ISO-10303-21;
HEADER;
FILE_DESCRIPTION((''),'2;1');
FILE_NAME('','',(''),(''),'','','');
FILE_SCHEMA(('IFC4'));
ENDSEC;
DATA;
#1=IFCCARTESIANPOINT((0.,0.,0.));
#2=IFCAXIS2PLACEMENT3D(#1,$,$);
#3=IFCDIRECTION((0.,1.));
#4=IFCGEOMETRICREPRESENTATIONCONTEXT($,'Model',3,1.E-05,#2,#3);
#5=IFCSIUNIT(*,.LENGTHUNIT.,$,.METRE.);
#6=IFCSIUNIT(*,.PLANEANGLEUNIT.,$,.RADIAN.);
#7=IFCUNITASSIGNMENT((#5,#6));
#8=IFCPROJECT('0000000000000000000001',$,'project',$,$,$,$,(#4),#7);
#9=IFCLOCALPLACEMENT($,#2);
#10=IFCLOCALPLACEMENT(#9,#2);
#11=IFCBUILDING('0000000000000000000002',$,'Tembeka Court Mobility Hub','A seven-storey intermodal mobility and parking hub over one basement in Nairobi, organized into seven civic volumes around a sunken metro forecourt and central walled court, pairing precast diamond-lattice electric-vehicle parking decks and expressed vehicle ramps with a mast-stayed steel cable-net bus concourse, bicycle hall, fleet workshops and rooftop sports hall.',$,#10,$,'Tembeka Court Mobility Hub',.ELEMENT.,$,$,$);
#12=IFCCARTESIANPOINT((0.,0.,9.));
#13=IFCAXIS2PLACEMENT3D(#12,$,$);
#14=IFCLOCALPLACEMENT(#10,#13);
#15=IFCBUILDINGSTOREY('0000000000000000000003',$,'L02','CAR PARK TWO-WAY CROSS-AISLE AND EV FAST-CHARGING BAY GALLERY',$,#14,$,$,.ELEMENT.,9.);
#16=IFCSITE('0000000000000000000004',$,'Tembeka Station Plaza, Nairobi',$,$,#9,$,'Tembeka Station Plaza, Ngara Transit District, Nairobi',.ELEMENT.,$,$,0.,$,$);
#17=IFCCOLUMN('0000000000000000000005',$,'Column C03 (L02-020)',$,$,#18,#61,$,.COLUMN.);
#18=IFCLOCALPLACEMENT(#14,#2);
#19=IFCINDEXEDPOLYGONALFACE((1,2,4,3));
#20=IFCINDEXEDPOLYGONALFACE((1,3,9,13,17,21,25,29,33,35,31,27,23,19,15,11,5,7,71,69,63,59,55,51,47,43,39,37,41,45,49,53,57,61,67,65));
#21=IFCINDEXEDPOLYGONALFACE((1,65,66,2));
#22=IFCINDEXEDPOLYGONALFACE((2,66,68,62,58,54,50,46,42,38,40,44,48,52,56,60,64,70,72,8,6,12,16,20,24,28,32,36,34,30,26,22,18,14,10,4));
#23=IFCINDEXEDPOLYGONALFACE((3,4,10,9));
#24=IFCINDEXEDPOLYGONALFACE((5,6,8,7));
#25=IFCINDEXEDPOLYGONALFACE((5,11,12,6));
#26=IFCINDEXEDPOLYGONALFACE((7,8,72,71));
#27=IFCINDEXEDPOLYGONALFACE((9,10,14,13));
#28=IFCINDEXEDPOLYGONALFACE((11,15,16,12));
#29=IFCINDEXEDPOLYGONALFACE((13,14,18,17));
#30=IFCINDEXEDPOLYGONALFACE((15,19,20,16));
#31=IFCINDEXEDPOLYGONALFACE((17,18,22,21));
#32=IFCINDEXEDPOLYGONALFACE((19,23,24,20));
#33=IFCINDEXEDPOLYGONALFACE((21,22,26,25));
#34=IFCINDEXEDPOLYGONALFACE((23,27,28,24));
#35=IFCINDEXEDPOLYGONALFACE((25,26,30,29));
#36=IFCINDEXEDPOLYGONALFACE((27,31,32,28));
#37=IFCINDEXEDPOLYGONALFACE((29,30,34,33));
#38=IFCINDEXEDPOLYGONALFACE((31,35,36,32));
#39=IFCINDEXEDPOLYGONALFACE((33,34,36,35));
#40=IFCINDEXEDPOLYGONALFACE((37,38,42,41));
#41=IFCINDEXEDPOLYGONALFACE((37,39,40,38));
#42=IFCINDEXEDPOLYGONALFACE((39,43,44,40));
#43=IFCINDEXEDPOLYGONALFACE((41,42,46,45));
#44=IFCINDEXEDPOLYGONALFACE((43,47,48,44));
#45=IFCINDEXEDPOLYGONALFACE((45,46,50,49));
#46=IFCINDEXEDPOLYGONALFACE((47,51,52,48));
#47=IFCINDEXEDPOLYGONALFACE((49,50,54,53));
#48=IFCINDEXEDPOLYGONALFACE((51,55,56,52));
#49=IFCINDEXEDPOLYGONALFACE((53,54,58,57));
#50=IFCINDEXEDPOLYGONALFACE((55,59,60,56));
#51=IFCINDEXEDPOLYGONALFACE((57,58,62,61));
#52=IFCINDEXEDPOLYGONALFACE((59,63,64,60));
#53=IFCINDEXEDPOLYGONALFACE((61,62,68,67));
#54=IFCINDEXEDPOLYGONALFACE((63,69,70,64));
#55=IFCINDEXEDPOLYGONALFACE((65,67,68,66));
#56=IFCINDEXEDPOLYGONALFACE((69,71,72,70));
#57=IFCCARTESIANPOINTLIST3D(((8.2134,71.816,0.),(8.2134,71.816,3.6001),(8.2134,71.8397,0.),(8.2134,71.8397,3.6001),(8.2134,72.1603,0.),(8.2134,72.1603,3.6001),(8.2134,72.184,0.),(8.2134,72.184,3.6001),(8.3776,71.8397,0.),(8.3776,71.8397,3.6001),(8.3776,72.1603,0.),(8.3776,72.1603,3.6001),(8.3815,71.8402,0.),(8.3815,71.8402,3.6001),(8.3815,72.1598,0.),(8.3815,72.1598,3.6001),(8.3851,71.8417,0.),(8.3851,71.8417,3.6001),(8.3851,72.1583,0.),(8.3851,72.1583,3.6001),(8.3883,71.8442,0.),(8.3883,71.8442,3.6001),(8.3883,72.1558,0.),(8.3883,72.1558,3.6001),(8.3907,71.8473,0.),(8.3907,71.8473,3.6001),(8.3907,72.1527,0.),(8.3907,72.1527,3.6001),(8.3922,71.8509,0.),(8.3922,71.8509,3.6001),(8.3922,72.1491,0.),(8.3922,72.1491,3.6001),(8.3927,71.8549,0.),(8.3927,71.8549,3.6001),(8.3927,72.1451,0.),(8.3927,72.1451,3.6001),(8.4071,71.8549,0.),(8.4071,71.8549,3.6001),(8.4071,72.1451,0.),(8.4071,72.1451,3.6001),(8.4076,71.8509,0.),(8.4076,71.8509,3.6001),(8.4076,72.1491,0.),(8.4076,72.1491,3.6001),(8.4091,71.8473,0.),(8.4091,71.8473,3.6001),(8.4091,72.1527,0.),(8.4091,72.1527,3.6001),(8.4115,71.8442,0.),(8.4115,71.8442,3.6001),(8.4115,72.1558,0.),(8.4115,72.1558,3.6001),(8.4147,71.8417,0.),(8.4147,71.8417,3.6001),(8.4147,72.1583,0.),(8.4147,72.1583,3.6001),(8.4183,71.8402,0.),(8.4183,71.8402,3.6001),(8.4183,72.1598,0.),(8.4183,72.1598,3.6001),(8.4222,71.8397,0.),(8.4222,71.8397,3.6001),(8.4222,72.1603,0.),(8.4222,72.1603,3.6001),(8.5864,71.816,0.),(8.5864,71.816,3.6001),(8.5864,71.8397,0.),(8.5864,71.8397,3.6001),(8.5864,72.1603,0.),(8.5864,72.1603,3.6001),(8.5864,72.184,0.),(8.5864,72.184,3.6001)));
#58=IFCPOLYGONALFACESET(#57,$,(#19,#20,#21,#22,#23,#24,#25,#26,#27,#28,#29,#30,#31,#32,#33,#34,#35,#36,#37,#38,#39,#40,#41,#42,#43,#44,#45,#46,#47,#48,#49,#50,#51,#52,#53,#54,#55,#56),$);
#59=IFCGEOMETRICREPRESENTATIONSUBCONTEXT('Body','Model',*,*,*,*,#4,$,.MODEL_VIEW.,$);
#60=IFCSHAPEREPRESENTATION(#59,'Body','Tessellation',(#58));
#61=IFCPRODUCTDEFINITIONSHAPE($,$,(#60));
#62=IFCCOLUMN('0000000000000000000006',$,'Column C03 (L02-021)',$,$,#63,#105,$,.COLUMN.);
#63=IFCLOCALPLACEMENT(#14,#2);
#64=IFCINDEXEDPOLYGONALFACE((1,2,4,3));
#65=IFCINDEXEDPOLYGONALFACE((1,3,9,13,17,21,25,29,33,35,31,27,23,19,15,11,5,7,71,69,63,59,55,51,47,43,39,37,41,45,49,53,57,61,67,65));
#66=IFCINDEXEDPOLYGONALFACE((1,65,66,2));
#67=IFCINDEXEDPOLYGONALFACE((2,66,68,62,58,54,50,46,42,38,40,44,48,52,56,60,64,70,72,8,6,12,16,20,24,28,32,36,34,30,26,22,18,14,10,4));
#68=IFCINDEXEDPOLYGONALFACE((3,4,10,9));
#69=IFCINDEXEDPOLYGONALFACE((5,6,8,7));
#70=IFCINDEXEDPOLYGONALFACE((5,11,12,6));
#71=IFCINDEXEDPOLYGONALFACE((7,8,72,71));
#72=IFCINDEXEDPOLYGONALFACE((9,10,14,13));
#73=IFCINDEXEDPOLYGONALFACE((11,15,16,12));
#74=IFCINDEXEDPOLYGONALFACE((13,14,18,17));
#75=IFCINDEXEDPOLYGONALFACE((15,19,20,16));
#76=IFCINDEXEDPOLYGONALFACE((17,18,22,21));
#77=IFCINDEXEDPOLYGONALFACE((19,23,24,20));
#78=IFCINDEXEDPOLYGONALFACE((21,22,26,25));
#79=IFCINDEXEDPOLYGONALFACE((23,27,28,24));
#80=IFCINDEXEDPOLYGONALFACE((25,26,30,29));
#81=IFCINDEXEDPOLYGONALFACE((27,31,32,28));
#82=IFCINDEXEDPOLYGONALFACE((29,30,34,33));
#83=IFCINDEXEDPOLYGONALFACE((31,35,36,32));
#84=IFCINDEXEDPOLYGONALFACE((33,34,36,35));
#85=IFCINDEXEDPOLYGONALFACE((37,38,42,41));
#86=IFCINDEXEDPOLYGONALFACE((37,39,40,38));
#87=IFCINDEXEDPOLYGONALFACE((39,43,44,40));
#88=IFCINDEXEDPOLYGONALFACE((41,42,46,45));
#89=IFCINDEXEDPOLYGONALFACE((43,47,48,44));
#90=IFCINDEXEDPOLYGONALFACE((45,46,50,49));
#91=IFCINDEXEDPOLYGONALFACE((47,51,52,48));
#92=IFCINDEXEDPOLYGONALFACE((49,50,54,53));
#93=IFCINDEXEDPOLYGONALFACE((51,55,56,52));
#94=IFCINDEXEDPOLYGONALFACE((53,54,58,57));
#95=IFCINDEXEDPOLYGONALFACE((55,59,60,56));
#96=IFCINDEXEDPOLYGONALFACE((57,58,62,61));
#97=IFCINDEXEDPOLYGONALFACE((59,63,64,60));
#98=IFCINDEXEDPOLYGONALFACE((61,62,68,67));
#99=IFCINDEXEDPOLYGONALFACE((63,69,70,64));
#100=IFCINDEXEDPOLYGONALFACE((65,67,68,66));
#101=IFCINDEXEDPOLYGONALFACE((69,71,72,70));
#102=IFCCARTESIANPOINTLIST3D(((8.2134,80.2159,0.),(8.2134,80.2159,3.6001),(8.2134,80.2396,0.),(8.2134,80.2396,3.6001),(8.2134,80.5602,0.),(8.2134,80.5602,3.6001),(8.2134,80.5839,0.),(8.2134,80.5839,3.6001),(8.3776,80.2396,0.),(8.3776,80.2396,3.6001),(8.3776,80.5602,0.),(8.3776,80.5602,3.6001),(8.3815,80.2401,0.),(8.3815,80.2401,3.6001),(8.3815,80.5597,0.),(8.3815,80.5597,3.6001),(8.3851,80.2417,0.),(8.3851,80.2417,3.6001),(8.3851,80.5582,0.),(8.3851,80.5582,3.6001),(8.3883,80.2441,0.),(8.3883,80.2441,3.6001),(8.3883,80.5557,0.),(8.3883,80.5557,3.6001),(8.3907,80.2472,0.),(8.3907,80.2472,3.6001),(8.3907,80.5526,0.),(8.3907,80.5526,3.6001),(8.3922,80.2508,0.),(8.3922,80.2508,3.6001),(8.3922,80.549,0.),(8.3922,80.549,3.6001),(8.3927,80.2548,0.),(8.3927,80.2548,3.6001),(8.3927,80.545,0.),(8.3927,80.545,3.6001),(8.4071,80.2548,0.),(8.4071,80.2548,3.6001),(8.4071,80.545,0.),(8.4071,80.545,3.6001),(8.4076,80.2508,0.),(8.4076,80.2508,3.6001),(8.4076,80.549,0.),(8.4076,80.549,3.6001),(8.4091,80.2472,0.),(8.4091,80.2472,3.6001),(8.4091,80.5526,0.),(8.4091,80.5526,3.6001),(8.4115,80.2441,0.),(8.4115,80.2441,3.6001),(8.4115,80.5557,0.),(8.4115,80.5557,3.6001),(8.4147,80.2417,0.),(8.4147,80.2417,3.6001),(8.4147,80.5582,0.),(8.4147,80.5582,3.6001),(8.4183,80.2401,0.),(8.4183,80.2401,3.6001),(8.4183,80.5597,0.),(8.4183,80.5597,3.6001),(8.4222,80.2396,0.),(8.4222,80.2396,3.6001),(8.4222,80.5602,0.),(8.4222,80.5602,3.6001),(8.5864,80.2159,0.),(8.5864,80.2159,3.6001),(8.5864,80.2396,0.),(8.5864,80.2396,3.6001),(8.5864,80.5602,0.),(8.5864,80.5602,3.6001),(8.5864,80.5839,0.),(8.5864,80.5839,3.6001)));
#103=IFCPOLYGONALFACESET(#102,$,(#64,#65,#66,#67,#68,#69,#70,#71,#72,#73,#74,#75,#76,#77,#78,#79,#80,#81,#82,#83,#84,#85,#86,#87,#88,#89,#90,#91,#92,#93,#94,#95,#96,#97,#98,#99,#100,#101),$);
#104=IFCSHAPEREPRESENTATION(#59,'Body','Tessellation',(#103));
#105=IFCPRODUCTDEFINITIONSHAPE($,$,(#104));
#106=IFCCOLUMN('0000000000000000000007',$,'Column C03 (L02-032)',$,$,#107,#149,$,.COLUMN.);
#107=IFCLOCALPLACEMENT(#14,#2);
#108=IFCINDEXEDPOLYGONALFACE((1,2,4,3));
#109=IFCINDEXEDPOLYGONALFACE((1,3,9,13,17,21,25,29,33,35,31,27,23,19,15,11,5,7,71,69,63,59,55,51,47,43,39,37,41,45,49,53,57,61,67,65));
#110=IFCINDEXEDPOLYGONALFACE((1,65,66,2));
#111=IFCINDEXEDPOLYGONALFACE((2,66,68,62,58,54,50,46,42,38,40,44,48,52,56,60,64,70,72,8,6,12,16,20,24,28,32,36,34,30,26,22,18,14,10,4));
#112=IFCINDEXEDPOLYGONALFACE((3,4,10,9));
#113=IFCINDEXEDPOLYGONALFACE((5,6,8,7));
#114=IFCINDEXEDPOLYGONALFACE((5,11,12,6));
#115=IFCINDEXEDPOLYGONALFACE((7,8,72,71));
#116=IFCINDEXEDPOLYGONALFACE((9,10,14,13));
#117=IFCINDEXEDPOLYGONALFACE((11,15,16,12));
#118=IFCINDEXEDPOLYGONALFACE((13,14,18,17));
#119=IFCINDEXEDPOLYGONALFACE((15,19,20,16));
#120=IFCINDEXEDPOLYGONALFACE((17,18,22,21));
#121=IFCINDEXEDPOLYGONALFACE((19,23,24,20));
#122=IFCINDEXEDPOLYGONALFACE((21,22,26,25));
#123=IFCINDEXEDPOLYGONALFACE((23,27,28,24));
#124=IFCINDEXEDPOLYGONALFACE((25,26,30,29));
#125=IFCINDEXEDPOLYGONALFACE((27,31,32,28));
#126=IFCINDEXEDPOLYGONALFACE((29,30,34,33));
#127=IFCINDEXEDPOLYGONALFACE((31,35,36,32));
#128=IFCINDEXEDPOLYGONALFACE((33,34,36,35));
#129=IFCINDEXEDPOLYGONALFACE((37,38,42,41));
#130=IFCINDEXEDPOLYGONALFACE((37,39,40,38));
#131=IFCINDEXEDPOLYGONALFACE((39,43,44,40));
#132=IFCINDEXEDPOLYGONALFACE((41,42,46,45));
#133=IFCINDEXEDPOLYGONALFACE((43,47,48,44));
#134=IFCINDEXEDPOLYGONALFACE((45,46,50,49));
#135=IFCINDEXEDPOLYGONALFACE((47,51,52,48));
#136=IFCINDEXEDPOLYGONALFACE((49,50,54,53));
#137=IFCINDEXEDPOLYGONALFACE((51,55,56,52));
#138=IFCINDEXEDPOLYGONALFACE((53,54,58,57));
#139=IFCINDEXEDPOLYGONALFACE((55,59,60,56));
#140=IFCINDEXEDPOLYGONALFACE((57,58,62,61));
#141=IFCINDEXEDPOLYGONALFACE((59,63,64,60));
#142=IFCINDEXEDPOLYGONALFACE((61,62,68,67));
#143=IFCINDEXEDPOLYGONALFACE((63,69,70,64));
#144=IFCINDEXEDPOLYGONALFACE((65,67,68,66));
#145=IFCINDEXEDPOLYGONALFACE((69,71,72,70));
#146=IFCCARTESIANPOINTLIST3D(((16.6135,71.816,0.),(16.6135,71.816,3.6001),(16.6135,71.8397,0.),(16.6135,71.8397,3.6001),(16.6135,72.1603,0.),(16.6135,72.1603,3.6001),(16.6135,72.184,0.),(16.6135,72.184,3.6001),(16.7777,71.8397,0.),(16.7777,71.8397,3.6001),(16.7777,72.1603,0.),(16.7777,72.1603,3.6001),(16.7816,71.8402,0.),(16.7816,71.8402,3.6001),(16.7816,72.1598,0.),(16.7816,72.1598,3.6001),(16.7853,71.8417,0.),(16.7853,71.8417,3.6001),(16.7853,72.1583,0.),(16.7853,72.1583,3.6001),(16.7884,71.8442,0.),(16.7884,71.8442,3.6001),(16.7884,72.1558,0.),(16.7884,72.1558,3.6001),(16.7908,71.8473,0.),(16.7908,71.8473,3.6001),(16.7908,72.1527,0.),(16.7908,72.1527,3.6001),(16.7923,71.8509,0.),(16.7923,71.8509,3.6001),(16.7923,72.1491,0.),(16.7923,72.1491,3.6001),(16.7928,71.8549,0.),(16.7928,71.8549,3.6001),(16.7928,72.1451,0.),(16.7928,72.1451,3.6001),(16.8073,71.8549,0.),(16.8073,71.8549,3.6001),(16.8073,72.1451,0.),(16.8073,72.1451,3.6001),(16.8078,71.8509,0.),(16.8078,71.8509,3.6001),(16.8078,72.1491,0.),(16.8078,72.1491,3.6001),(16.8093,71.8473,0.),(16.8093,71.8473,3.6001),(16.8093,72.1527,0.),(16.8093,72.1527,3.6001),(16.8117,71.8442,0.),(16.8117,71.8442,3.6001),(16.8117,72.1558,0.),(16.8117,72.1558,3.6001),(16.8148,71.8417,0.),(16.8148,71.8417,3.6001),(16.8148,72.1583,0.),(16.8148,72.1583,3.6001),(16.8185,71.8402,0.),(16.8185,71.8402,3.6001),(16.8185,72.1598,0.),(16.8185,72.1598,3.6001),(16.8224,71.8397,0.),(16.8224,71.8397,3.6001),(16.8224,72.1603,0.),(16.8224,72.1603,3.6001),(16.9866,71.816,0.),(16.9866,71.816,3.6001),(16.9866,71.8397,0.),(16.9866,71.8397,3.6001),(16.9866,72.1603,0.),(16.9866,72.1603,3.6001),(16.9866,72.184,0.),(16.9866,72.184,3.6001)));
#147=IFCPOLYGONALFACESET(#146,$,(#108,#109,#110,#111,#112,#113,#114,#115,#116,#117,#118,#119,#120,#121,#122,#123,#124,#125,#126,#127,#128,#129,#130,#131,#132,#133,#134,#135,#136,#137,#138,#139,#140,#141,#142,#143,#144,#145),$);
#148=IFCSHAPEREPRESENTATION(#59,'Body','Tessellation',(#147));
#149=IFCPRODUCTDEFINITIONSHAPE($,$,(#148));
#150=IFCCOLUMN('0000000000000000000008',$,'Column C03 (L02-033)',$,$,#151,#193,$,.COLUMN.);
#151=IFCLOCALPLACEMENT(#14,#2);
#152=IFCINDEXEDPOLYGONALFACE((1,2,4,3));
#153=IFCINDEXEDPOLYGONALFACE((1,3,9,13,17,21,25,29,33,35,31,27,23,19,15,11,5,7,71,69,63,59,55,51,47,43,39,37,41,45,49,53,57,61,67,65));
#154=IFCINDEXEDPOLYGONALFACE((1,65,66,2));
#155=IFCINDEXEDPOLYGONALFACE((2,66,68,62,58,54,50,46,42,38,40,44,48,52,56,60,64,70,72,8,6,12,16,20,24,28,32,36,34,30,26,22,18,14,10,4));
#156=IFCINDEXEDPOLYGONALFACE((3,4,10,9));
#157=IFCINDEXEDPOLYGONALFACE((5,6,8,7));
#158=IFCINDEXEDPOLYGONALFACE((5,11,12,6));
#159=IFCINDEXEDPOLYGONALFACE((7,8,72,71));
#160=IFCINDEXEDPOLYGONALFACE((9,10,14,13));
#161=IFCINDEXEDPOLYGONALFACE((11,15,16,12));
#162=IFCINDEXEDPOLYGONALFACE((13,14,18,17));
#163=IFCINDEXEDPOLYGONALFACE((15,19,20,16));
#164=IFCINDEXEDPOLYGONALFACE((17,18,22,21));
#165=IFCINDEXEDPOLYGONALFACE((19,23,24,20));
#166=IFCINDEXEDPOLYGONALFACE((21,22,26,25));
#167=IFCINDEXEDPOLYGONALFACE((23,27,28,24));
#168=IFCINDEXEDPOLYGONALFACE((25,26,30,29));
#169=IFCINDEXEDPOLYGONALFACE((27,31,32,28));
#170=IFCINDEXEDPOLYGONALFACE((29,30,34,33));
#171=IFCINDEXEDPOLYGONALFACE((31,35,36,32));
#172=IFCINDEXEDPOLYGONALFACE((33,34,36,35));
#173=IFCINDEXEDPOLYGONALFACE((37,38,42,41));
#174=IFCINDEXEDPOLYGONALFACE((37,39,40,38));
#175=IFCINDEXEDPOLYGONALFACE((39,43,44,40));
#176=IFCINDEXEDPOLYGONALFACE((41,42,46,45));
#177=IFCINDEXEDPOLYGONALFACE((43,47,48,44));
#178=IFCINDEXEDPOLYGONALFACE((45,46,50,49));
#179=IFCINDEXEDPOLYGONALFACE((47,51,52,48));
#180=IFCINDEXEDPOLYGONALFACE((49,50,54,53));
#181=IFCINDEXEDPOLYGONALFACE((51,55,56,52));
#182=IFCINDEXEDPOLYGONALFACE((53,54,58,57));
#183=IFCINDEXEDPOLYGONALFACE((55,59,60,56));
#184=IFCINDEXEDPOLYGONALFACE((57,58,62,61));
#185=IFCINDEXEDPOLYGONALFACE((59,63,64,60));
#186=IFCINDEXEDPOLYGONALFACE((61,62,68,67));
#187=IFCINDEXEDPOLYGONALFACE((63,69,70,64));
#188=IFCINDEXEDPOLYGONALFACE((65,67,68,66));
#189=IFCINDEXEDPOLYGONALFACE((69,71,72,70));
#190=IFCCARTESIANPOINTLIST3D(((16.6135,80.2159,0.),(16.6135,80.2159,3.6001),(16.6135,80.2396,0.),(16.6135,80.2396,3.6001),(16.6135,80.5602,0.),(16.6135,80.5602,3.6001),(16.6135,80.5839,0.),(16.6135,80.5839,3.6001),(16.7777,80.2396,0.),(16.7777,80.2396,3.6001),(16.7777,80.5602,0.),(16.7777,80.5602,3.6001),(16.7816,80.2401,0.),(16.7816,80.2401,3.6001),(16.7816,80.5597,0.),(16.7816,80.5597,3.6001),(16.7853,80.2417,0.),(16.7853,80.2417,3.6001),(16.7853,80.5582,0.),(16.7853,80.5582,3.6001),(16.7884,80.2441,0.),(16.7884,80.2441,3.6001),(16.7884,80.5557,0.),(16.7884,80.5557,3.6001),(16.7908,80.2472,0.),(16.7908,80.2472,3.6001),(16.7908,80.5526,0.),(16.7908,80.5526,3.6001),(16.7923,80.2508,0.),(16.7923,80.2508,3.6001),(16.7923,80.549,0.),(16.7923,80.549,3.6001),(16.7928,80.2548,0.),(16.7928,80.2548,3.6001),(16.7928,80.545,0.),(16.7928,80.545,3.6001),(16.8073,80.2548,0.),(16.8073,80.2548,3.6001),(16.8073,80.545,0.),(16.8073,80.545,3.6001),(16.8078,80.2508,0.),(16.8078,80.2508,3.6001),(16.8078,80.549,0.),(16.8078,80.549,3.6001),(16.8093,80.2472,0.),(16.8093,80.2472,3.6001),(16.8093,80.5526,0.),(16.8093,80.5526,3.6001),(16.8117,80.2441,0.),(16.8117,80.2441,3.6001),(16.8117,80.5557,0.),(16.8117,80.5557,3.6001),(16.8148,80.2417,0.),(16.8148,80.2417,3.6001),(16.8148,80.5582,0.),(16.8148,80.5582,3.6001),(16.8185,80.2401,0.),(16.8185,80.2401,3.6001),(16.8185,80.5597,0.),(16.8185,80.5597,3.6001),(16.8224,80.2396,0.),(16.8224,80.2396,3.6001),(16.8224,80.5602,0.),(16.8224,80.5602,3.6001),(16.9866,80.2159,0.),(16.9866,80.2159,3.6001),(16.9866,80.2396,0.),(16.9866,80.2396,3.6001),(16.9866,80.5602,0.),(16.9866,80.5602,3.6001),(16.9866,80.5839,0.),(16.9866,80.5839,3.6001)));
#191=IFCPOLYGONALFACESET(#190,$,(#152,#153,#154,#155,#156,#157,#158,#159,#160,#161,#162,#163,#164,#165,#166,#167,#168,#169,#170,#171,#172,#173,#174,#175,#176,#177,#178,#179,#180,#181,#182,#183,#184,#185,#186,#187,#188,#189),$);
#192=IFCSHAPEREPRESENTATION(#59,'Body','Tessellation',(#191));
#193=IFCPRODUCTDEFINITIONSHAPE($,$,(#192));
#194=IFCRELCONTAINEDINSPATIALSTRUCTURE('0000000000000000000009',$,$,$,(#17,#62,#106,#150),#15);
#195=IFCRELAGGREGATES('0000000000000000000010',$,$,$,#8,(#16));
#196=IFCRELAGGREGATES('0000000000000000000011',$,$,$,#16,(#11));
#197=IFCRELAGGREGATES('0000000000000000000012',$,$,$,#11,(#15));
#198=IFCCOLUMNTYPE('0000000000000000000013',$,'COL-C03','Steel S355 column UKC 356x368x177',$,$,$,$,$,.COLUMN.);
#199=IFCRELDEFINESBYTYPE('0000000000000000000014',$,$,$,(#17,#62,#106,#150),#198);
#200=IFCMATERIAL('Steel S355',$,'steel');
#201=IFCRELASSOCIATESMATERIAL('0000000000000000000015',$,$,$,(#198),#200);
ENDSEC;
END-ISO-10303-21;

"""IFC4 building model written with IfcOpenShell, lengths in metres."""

from ifc_helpers import new_model, si_unit, direction, frame, origin, origin_2d, place, context, subcontext, project, spatial, i_section, extrude, material, material_profile, profile_set, type_object, element, save


model = new_model("IFC4")

# Units and contexts
model_context = context("Model", 3, precision=1e-05, world=origin(), true_north=direction((0.0, 1.0)))
body_context = subcontext(model_context, "Body", "Model", "MODEL_VIEW")
ifc_project = project(units=[si_unit("LENGTHUNIT", "METRE"), si_unit("PLANEANGLEUNIT", "RADIAN")], contexts=[model_context])

# Site, building, storey
site_placement = place(None, origin())
site = spatial("IfcSite", under=ifc_project, at=site_placement, Name="Tembeka Station Plaza, Nairobi", LongName="Tembeka Station Plaza, Ngara Transit District, Nairobi", CompositionType="ELEMENT", RefElevation=0.0)
building_placement = place(site_placement, origin())
building = spatial("IfcBuilding", under=site, at=building_placement, Name="Tembeka Court Mobility Hub", Description="A seven-storey intermodal mobility and parking hub over one basement in Nairobi, organized into seven civic volumes around a sunken metro forecourt and central walled court, pairing precast diamond-lattice electric-vehicle parking decks and expressed vehicle ramps with a mast-stayed steel cable-net bus concourse, bicycle hall, fleet workshops and rooftop sports hall.", LongName="Tembeka Court Mobility Hub", CompositionType="ELEMENT")
storey_placement = place(building_placement, frame((0.0, 0.0, 9.0)))
storey = spatial("IfcBuildingStorey", under=building, at=storey_placement, Name="L02", Description="CAR PARK TWO-WAY CROSS-AISLE AND EV FAST-CHARGING BAY GALLERY", CompositionType="ELEMENT", Elevation=9.0)

# Columns
ifc_material_1 = material(Name="Steel S355", Category="steel")
ifc_material_profile_1 = material_profile(ifc_material_1, i_section(OverallWidth=0.373, OverallDepth=0.3679, WebThickness=0.0144, FlangeThickness=0.0237, FilletRadius=0.0151, at=origin_2d()), Name="UKC 356x368x177")
ifc_profile_set_1 = profile_set([ifc_material_profile_1], Name="Steel S355")
column_type = type_object("IfcColumnType", Name="COL-C03", Description="Steel S355 column UKC 356x368x177", PredefinedType="COLUMN", material=ifc_profile_set_1)
for number, where, z_axis, x_axis, name in (
    (1, (8.3999, 72.0, 0.0), (0.0, 0.0, 1.0), (1.0, 0.0, 0.0), "Column C03 (L02-020)"),
    (2, (8.3999, 80.3999, 0.0), (0.0, 0.0, 1.0), (1.0, 0.0, 0.0), "Column C03 (L02-021)"),
    (3, (16.8, 72.0, 0.0), (0.0, 0.0, 1.0), (1.0, 0.0, 0.0), "Column C03 (L02-032)"),
    (4, (16.8, 80.3999, 0.0), (0.0, 0.0, 1.0), (1.0, 0.0, 0.0), "Column C03 (L02-033)"),
):
    element("IfcColumn", number, at=place(storey_placement, frame(where, z_axis=z_axis, x_axis=x_axis)), inside=storey, type_object=column_type, Name=name, PredefinedType="COLUMN", context=body_context, shape_type="SweptSolid", body=[
        extrude(i_section(OverallWidth=0.373, OverallDepth=0.3679, WebThickness=0.0144, FlangeThickness=0.0237, FilletRadius=0.0151, at=origin_2d()), origin(), (0.0, 0.0, 1.0), 3.6001),
    ])

save(model, "model.ifc")
